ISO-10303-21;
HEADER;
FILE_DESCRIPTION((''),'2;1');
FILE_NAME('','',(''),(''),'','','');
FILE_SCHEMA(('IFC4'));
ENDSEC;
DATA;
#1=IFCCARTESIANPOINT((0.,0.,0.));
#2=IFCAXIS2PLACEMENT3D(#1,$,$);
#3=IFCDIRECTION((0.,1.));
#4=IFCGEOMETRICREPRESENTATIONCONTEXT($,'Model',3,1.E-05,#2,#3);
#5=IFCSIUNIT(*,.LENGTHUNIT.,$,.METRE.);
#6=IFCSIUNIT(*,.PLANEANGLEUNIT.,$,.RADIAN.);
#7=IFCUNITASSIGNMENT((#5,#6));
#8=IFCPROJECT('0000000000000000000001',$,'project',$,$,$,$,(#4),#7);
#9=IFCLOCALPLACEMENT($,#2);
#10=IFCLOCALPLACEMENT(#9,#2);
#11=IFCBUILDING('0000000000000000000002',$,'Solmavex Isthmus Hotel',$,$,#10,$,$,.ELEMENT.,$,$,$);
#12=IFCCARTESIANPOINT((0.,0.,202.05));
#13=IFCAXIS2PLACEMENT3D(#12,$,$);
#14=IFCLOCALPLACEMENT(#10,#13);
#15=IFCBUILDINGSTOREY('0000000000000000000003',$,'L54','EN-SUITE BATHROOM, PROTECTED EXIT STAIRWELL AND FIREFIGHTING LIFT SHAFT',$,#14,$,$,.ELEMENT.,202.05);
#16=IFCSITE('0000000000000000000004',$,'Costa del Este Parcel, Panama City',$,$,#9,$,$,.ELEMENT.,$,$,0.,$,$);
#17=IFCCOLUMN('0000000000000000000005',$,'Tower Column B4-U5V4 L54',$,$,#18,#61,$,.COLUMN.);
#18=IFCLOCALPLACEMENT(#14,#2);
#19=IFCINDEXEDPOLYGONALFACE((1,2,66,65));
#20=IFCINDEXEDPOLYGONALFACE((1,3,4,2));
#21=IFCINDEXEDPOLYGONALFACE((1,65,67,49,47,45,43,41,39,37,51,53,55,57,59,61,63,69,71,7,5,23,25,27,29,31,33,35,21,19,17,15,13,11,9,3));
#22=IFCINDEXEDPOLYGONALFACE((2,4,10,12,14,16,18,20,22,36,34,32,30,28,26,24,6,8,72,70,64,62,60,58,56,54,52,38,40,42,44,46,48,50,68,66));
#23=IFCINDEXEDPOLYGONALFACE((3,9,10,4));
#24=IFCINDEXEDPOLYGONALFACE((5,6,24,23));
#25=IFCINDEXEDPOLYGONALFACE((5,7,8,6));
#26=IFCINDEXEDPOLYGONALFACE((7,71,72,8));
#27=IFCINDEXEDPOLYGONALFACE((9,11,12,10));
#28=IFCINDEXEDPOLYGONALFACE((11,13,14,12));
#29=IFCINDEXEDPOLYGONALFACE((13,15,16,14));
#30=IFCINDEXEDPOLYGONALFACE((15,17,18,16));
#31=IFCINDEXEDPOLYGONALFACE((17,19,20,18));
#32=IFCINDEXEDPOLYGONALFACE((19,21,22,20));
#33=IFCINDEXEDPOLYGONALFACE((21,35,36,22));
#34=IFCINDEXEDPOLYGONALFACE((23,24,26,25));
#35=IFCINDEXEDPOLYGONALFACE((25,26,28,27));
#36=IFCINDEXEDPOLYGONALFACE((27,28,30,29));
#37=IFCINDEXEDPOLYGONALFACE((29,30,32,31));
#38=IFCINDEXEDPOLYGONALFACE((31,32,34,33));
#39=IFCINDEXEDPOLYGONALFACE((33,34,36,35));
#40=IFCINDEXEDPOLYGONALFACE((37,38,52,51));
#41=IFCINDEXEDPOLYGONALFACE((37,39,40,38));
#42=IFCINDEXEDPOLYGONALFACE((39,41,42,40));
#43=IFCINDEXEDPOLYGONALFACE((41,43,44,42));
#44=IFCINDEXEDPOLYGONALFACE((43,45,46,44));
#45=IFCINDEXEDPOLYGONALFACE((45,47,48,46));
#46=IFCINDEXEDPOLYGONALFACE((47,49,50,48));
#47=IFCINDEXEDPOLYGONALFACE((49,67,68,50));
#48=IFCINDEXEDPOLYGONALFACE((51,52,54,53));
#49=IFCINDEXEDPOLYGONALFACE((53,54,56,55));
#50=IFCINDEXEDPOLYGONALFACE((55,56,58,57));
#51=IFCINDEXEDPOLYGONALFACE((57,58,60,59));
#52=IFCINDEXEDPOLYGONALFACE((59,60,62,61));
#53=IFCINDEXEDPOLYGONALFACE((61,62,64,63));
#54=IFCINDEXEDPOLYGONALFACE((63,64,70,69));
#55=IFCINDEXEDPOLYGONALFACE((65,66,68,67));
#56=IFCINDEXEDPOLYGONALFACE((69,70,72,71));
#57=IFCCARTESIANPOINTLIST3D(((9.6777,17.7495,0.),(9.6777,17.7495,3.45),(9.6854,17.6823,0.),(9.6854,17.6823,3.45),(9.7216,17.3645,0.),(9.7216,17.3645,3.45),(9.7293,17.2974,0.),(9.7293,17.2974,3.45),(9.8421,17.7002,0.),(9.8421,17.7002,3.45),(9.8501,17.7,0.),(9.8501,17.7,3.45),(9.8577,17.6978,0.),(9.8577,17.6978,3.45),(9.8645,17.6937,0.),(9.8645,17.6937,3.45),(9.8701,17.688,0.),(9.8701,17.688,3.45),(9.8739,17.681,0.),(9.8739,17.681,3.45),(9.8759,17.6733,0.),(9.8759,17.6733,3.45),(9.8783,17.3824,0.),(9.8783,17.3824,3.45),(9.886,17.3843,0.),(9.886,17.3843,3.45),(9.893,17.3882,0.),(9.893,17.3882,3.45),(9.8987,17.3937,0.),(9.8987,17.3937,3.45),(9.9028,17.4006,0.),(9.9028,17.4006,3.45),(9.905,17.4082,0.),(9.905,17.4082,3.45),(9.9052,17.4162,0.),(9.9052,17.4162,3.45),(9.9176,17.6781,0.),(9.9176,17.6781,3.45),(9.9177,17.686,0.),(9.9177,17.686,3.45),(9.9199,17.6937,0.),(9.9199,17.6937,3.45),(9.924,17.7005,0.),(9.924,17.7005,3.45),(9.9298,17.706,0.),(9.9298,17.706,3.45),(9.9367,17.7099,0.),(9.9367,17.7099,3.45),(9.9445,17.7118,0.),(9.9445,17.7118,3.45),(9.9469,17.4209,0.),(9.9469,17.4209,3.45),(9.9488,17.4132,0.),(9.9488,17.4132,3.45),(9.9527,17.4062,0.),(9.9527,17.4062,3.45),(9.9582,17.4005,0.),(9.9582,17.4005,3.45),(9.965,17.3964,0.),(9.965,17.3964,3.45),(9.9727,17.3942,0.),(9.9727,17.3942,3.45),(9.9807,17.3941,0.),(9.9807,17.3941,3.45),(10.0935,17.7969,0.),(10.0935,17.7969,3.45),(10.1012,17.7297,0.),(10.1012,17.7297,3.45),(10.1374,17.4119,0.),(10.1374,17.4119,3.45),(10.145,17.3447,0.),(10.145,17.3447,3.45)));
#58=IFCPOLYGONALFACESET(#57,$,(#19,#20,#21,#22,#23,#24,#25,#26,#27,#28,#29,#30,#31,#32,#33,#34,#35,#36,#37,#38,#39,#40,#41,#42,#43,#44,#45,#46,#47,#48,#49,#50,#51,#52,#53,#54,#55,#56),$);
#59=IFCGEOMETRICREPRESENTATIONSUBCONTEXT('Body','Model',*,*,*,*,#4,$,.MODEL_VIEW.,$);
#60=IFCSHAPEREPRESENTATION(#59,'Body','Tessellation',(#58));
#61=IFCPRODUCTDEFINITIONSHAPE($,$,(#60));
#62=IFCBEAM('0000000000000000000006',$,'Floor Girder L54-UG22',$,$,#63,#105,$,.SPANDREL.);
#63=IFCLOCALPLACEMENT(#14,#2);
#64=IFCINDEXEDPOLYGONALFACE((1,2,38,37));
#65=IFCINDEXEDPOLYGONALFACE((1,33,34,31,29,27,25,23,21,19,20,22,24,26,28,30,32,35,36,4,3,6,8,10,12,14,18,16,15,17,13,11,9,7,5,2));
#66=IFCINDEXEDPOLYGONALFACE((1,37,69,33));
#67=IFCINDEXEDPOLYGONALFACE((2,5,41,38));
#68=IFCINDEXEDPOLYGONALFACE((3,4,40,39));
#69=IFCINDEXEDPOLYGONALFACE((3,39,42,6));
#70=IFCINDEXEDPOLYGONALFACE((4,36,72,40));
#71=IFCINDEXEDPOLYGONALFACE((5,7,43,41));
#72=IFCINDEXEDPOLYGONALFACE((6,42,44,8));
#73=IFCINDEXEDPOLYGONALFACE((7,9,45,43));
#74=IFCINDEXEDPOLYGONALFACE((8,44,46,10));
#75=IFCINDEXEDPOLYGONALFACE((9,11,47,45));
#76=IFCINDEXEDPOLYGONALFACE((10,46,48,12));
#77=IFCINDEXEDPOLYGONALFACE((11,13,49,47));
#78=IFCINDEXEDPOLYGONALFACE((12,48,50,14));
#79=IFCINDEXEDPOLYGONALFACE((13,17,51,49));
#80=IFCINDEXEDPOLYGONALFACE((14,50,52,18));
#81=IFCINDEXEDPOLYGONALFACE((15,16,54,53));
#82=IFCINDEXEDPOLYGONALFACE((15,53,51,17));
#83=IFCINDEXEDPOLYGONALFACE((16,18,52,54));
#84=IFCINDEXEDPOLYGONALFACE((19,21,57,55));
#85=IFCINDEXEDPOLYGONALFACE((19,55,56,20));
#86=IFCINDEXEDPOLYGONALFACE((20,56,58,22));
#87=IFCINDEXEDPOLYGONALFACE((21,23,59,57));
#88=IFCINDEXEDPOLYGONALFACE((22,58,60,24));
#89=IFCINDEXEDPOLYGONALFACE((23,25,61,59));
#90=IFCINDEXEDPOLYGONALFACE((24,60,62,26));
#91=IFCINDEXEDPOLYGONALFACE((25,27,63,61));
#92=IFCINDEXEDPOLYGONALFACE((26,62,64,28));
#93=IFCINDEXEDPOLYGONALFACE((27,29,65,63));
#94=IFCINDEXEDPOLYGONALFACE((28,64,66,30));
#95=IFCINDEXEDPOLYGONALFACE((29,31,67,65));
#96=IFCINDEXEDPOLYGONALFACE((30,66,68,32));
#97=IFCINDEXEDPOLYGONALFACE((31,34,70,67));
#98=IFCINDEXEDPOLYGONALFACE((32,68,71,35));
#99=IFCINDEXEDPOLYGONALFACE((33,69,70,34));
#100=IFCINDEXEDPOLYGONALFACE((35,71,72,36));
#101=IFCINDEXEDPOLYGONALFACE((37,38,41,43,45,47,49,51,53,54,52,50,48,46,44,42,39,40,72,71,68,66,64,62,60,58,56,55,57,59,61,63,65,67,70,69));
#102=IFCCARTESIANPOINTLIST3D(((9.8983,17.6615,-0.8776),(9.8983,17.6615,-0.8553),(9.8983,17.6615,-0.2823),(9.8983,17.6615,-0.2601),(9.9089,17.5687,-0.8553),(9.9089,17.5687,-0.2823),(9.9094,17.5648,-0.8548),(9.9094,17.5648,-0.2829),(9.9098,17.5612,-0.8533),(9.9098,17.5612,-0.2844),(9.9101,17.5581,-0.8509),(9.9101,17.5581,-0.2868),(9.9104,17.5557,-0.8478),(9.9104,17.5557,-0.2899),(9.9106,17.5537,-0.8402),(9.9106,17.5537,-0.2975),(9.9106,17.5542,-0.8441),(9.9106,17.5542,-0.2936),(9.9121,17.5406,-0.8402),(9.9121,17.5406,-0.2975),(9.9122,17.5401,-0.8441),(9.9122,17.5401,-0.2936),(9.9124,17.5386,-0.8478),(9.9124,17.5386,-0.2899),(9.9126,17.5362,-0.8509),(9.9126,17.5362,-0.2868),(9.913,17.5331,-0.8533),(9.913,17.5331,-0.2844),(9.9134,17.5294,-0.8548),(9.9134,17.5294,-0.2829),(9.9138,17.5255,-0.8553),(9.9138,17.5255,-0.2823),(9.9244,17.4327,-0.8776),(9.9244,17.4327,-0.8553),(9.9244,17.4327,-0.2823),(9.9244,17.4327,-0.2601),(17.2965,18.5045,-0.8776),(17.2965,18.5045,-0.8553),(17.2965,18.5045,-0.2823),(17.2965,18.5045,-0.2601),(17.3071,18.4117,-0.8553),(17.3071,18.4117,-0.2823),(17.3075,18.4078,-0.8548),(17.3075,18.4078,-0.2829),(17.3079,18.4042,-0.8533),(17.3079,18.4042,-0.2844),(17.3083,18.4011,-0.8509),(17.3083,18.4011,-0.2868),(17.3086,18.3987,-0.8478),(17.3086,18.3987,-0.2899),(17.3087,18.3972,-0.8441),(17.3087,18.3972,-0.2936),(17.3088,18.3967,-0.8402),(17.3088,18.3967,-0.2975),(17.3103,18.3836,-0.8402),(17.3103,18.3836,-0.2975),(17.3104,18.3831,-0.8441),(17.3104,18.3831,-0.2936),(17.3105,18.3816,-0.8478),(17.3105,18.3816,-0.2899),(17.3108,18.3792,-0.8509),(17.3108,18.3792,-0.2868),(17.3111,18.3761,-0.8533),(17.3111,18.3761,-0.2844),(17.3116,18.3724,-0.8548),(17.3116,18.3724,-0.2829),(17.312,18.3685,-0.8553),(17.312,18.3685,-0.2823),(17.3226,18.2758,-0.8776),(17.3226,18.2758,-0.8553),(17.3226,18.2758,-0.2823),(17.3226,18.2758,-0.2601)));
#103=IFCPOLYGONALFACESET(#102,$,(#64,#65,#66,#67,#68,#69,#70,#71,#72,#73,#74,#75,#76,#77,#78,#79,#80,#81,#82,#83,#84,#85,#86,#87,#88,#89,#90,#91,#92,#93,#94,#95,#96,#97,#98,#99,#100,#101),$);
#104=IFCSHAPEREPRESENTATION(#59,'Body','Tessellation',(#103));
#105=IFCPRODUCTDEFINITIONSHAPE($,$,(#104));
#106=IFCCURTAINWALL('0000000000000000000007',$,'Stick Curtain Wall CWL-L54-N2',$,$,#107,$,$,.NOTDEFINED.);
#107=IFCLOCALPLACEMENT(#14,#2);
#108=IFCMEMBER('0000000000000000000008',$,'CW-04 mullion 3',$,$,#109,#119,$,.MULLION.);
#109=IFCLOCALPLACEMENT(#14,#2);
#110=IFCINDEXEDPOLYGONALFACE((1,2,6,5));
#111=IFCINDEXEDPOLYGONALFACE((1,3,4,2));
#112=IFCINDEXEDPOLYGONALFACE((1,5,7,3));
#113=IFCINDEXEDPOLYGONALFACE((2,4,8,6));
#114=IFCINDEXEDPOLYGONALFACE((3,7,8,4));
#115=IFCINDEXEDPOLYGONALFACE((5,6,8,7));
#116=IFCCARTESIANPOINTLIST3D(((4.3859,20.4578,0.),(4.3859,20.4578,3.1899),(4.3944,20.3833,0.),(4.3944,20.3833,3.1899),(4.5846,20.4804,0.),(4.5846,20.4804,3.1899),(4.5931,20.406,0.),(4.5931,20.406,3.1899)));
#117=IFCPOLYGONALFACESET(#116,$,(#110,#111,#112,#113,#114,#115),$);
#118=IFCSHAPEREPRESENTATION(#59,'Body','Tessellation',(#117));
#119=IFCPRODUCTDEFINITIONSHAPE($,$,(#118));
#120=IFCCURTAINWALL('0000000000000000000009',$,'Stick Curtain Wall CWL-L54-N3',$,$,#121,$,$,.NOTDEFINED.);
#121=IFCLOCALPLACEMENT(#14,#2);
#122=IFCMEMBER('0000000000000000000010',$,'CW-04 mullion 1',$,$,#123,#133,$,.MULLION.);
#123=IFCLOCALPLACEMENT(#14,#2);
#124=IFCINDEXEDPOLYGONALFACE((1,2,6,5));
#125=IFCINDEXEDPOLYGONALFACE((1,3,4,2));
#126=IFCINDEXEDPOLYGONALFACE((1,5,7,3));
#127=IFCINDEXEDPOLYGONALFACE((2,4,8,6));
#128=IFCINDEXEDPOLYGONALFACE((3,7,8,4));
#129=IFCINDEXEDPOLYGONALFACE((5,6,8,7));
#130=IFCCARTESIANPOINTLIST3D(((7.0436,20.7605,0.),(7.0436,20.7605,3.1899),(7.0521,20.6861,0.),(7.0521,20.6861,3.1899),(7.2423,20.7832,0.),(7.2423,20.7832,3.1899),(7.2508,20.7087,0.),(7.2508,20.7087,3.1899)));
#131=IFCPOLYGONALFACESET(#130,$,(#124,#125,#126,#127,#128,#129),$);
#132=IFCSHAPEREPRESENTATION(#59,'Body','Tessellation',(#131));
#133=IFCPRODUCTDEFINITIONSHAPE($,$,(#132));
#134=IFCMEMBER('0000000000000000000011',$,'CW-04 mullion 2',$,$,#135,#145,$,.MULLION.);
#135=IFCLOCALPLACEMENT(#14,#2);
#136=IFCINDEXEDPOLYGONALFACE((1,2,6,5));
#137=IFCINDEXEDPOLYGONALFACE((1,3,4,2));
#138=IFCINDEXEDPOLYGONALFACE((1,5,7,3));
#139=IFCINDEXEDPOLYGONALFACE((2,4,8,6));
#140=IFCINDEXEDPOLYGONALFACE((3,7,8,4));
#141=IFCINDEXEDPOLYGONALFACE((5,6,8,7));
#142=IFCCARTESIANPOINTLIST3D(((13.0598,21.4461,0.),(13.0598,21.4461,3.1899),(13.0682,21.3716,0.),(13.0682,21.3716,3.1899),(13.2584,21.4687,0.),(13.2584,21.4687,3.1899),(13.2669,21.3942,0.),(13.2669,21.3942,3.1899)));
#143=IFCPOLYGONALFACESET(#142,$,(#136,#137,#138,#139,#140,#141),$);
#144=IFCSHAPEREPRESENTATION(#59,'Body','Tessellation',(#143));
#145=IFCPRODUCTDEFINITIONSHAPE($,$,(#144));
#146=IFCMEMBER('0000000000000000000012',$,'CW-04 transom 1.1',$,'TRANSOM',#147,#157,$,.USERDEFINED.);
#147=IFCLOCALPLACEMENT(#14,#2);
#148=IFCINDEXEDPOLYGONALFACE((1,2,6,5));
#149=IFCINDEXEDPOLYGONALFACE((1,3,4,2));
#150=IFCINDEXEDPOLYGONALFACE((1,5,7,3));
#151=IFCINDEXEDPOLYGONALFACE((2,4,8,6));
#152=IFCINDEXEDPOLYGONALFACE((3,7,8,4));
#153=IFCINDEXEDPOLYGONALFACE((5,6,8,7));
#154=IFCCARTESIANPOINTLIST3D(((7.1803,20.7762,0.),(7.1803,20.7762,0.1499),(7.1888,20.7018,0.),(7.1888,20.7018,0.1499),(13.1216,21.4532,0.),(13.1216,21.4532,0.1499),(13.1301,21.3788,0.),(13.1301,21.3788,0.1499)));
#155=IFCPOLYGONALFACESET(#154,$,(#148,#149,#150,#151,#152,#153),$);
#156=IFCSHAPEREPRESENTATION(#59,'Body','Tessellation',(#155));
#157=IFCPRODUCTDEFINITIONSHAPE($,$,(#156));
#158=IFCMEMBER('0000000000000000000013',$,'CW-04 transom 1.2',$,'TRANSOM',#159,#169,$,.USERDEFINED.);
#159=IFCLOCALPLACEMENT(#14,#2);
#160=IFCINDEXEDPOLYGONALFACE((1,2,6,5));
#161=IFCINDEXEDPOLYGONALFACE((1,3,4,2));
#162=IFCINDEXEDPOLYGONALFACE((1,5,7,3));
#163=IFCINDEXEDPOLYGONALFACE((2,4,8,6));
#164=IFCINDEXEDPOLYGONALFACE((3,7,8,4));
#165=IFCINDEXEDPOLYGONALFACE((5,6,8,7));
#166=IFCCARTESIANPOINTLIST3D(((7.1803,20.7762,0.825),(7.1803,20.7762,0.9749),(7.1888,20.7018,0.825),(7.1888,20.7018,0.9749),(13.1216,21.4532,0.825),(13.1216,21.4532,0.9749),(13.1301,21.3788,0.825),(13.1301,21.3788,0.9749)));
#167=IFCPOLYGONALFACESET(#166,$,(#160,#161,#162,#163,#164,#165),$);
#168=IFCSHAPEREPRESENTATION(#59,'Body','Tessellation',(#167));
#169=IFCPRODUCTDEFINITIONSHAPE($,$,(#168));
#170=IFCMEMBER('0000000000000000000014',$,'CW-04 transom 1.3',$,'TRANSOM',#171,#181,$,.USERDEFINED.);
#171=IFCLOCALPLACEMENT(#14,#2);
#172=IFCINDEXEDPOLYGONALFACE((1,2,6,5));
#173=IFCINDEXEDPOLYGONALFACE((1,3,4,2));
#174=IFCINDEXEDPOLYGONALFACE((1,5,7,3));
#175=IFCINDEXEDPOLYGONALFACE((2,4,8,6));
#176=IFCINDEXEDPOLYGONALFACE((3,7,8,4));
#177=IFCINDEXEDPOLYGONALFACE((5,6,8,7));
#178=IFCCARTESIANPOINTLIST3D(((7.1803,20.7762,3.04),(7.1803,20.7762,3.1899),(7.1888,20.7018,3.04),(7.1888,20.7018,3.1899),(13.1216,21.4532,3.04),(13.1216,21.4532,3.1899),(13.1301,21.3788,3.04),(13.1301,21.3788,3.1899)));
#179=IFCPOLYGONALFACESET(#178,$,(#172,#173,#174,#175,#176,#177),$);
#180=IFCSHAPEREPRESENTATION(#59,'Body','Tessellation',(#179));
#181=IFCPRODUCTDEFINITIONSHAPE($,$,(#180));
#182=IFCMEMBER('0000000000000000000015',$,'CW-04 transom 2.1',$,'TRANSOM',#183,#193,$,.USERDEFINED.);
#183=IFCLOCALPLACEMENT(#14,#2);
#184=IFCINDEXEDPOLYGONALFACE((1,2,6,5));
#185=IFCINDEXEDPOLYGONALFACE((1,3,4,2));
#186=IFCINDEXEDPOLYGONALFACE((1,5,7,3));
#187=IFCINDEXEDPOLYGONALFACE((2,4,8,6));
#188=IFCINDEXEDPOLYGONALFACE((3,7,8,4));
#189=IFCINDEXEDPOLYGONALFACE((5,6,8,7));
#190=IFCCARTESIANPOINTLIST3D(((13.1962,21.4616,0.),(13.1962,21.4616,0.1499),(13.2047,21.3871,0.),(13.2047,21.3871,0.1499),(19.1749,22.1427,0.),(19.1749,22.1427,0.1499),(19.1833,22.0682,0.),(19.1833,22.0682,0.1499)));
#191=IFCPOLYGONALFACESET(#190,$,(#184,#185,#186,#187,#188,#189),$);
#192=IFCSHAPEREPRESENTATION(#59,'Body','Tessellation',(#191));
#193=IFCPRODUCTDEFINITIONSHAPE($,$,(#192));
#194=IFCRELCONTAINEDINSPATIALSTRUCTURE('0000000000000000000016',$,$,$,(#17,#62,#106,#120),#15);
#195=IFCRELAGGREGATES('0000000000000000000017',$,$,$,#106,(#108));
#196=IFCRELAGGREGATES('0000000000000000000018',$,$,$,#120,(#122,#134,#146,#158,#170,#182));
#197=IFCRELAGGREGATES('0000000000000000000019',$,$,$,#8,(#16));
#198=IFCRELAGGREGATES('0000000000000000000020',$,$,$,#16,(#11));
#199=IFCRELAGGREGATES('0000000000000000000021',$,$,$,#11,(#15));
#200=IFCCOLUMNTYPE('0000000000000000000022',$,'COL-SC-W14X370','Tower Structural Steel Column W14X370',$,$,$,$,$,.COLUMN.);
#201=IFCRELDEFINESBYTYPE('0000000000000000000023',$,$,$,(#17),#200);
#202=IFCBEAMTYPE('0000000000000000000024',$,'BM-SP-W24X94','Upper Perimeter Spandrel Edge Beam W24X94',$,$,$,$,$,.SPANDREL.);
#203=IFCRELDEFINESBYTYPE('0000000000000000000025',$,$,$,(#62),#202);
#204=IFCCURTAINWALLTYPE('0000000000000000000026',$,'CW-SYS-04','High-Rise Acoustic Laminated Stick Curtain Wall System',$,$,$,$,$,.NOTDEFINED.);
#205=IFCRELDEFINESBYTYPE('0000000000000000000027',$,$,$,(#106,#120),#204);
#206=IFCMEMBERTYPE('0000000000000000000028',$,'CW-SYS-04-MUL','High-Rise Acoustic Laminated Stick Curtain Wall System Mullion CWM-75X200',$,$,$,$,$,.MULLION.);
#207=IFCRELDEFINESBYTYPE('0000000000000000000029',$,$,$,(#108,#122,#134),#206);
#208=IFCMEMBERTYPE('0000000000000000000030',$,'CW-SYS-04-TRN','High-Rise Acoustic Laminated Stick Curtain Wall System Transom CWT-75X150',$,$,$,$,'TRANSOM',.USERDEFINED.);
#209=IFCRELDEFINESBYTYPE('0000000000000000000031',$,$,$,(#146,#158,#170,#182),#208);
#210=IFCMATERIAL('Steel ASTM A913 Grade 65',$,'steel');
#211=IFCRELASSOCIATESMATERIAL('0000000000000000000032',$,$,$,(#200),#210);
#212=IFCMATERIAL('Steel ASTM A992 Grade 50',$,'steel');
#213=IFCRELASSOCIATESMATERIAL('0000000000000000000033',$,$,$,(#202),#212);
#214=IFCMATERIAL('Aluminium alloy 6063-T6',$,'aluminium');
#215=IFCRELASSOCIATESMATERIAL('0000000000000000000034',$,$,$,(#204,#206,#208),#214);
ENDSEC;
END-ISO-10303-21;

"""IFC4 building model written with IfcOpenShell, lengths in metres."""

from ifc_helpers import new_model, si_unit, direction, frame, origin, origin_2d, place, context, subcontext, project, spatial, rectangle, i_section, extrude, material, material_profile, profile_set, type_object, element, aggregate, save


model = new_model("IFC4")

# Units and contexts
model_context = context("Model", 3, precision=1e-05, world=origin(), true_north=direction((0.0, 1.0)))
body_context = subcontext(model_context, "Body", "Model", "MODEL_VIEW")
ifc_project = project(units=[si_unit("LENGTHUNIT", "METRE"), si_unit("PLANEANGLEUNIT", "RADIAN")], contexts=[model_context])

# Site, building, storey
site_placement = place(None, origin())
site = spatial("IfcSite", under=ifc_project, at=site_placement, Name="Costa del Este Parcel, Panama City", CompositionType="ELEMENT", RefElevation=0.0)
building_placement = place(site_placement, origin())
building = spatial("IfcBuilding", under=site, at=building_placement, Name="Solmavex Isthmus Hotel", CompositionType="ELEMENT")
storey_placement = place(building_placement, frame((0.0, 0.0, 202.05)))
storey = spatial("IfcBuildingStorey", under=building, at=storey_placement, Name="L54", Description="EN-SUITE BATHROOM, PROTECTED EXIT STAIRWELL AND FIREFIGHTING LIFT SHAFT", CompositionType="ELEMENT", Elevation=202.05)

# Column
ifc_material_1 = material(Name="Steel ASTM A913 Grade 65", Category="steel")
ifc_material_profile_1 = material_profile(ifc_material_1, i_section(OverallWidth=0.4185, OverallDepth=0.4551, WebThickness=0.042, FlangeThickness=0.0676, FilletRadius=0.0305, at=origin_2d()), Name="W14X370")
ifc_profile_set_1 = profile_set([ifc_material_profile_1], Name="Steel ASTM A913 Grade 65")
column_type = type_object("IfcColumnType", Name="COL-SC-W14X370", Description="Tower Structural Steel Column W14X370", PredefinedType="COLUMN", material=ifc_profile_set_1)
column_placement = place(storey_placement, frame((9.9114, 17.5471, 0.0), z_axis=(0.0, 0.0, 1.0), x_axis=(0.993572, 0.113203, 0.0)))
element("IfcColumn", 1, at=column_placement, inside=storey, type_object=column_type, Name="Tower Column B4-U5V4 L54", PredefinedType="COLUMN", context=body_context, shape_type="SweptSolid", body=[
    extrude(i_section(OverallWidth=0.4185, OverallDepth=0.4551, WebThickness=0.042, FlangeThickness=0.0676, FilletRadius=0.0305, at=origin_2d()), origin(), (0.0, 0.0, 1.0), 3.45),
])

# Beam
ifc_material_2 = material(Name="Steel ASTM A992 Grade 50", Category="steel")
ifc_material_profile_2 = material_profile(ifc_material_2, i_section(OverallWidth=0.2302, OverallDepth=0.6174, WebThickness=0.0132, FlangeThickness=0.0222, FilletRadius=0.0151, at=origin_2d()), Name="W24X94")
ifc_profile_set_2 = profile_set([ifc_material_profile_2], Name="Steel ASTM A992 Grade 50")
beam_type = type_object("IfcBeamType", Name="BM-SP-W24X94", Description="Upper Perimeter Spandrel Edge Beam W24X94", PredefinedType="SPANDREL", material=ifc_profile_set_2)
beam_placement = place(storey_placement, frame((9.9114, 17.5471, -0.5688), z_axis=(0.99357, 0.113216, 0.0), x_axis=(-0.113216, 0.99357, 0.0)))
element("IfcBeam", 2, at=beam_placement, inside=storey, type_object=beam_type, Name="Floor Girder L54-UG22", PredefinedType="SPANDREL", context=body_context, shape_type="SweptSolid", body=[
    extrude(i_section(OverallWidth=0.2302, OverallDepth=0.6174, WebThickness=0.0132, FlangeThickness=0.0222, FilletRadius=0.0151, at=origin_2d()), origin(), (0.0, 0.0, 1.0), 7.446),
])

# Curtain wall, member
ifc_material_3 = material(Name="Aluminium alloy 6063-T6", Category="aluminium")
curtain_wall_type = type_object("IfcCurtainWallType", Name="CW-SYS-04", Description="High-Rise Acoustic Laminated Stick Curtain Wall System", PredefinedType="NOTDEFINED", material=ifc_material_3)
curtain_wall_1_placement = place(storey_placement, origin())
curtain_wall_1 = element("IfcCurtainWall", 3, at=curtain_wall_1_placement, inside=storey, type_object=curtain_wall_type, Name="Stick Curtain Wall CWL-L54-N2", PredefinedType="NOTDEFINED")
ifc_material_profile_3 = material_profile(ifc_material_3, rectangle(XDim=0.075, YDim=0.2, at=origin_2d()), Name="CWM-75X200")
ifc_profile_set_3 = profile_set([ifc_material_profile_3], Name="Aluminium alloy 6063-T6")
member_type_1 = type_object("IfcMemberType", Name="CW-SYS-04-MUL", Description="High-Rise Acoustic Laminated Stick Curtain Wall System Mullion CWM-75X200", PredefinedType="MULLION", material=ifc_profile_set_3)
member_1_placement = place(storey_placement, frame((4.4895, 20.4319, 0.0), z_axis=(0.0, 0.0, 1.0), x_axis=(-0.113203, 0.993572, 0.0)))
member_1 = element("IfcMember", 4, at=member_1_placement, type_object=member_type_1, Name="CW-04 mullion 3", PredefinedType="MULLION", context=body_context, shape_type="SweptSolid", body=[
    extrude(rectangle(XDim=0.075, YDim=0.2, at=origin_2d()), origin(), (0.0, 0.0, 1.0), 3.1899),
])

# Curtain wall, members
curtain_wall_2_placement = place(storey_placement, origin())
curtain_wall_2 = element("IfcCurtainWall", 5, at=curtain_wall_2_placement, inside=storey, type_object=curtain_wall_type, Name="Stick Curtain Wall CWL-L54-N3", PredefinedType="NOTDEFINED")
member_2_placement = place(storey_placement, frame((7.1472, 20.7346, 0.0), z_axis=(0.0, 0.0, 1.0), x_axis=(-0.113203, 0.993572, 0.0)))
member_2 = element("IfcMember", 6, at=member_2_placement, type_object=member_type_1, Name="CW-04 mullion 1", PredefinedType="MULLION", context=body_context, shape_type="SweptSolid", body=[
    extrude(rectangle(XDim=0.075, YDim=0.2, at=origin_2d()), origin(), (0.0, 0.0, 1.0), 3.1899),
])
member_3_placement = place(storey_placement, frame((13.1633, 21.4202, 0.0), z_axis=(0.0, 0.0, 1.0), x_axis=(-0.113203, 0.993572, 0.0)))
member_3 = element("IfcMember", 7, at=member_3_placement, type_object=member_type_1, Name="CW-04 mullion 2", PredefinedType="MULLION", context=body_context, shape_type="SweptSolid", body=[
    extrude(rectangle(XDim=0.075, YDim=0.2, at=origin_2d()), origin(), (0.0, 0.0, 1.0), 3.1899),
])
ifc_material_profile_4 = material_profile(ifc_material_3, rectangle(XDim=0.075, YDim=0.1499, at=origin_2d()), Name="CWT-75X150")
ifc_profile_set_4 = profile_set([ifc_material_profile_4], Name="Aluminium alloy 6063-T6")
member_type_2 = type_object("IfcMemberType", Name="CW-SYS-04-TRN", Description="High-Rise Acoustic Laminated Stick Curtain Wall System Transom CWT-75X150", ElementType="TRANSOM", PredefinedType="USERDEFINED", material=ifc_profile_set_4)
member_4_placement = place(storey_placement, frame((7.1846, 20.739, 0.075), z_axis=(0.993571, 0.113214, 0.0), x_axis=(-0.113214, 0.993571, 0.0)))
member_4 = element("IfcMember", 8, at=member_4_placement, type_object=member_type_2, Name="CW-04 transom 1.1", ObjectType="TRANSOM", PredefinedType="USERDEFINED", context=body_context, shape_type="SweptSolid", body=[
    extrude(rectangle(XDim=0.075, YDim=0.1499, at=origin_2d()), origin(), (0.0, 0.0, 1.0), 5.9797),
])
member_5_placement = place(storey_placement, frame((7.1846, 20.739, 0.8999), z_axis=(0.993571, 0.113214, 0.0), x_axis=(-0.113214, 0.993571, 0.0)))
member_5 = element("IfcMember", 9, at=member_5_placement, type_object=member_type_2, Name="CW-04 transom 1.2", ObjectType="TRANSOM", PredefinedType="USERDEFINED", context=body_context, shape_type="SweptSolid", body=[
    extrude(rectangle(XDim=0.075, YDim=0.1499, at=origin_2d()), origin(), (0.0, 0.0, 1.0), 5.9797),
])
member_6_placement = place(storey_placement, frame((7.1846, 20.739, 3.115), z_axis=(0.993571, 0.113214, 0.0), x_axis=(-0.113214, 0.993571, 0.0)))
member_6 = element("IfcMember", 10, at=member_6_placement, type_object=member_type_2, Name="CW-04 transom 1.3", ObjectType="TRANSOM", PredefinedType="USERDEFINED", context=body_context, shape_type="SweptSolid", body=[
    extrude(rectangle(XDim=0.075, YDim=0.1499, at=origin_2d()), origin(), (0.0, 0.0, 1.0), 5.9797),
])
member_7_placement = place(storey_placement, frame((13.2004, 21.4243, 0.075), z_axis=(0.993573, 0.113196, 0.0), x_axis=(-0.113196, 0.993573, 0.0)))
member_7 = element("IfcMember", 11, at=member_7_placement, type_object=member_type_2, Name="CW-04 transom 2.1", ObjectType="TRANSOM", PredefinedType="USERDEFINED", context=body_context, shape_type="SweptSolid", body=[
    extrude(rectangle(XDim=0.075, YDim=0.1499, at=origin_2d()), origin(), (0.0, 0.0, 1.0), 6.0173),
])

aggregate(curtain_wall_1, [member_1])
aggregate(curtain_wall_2, [member_2, member_3, member_4, member_5, member_6, member_7])

save(model, "model.ifc")
